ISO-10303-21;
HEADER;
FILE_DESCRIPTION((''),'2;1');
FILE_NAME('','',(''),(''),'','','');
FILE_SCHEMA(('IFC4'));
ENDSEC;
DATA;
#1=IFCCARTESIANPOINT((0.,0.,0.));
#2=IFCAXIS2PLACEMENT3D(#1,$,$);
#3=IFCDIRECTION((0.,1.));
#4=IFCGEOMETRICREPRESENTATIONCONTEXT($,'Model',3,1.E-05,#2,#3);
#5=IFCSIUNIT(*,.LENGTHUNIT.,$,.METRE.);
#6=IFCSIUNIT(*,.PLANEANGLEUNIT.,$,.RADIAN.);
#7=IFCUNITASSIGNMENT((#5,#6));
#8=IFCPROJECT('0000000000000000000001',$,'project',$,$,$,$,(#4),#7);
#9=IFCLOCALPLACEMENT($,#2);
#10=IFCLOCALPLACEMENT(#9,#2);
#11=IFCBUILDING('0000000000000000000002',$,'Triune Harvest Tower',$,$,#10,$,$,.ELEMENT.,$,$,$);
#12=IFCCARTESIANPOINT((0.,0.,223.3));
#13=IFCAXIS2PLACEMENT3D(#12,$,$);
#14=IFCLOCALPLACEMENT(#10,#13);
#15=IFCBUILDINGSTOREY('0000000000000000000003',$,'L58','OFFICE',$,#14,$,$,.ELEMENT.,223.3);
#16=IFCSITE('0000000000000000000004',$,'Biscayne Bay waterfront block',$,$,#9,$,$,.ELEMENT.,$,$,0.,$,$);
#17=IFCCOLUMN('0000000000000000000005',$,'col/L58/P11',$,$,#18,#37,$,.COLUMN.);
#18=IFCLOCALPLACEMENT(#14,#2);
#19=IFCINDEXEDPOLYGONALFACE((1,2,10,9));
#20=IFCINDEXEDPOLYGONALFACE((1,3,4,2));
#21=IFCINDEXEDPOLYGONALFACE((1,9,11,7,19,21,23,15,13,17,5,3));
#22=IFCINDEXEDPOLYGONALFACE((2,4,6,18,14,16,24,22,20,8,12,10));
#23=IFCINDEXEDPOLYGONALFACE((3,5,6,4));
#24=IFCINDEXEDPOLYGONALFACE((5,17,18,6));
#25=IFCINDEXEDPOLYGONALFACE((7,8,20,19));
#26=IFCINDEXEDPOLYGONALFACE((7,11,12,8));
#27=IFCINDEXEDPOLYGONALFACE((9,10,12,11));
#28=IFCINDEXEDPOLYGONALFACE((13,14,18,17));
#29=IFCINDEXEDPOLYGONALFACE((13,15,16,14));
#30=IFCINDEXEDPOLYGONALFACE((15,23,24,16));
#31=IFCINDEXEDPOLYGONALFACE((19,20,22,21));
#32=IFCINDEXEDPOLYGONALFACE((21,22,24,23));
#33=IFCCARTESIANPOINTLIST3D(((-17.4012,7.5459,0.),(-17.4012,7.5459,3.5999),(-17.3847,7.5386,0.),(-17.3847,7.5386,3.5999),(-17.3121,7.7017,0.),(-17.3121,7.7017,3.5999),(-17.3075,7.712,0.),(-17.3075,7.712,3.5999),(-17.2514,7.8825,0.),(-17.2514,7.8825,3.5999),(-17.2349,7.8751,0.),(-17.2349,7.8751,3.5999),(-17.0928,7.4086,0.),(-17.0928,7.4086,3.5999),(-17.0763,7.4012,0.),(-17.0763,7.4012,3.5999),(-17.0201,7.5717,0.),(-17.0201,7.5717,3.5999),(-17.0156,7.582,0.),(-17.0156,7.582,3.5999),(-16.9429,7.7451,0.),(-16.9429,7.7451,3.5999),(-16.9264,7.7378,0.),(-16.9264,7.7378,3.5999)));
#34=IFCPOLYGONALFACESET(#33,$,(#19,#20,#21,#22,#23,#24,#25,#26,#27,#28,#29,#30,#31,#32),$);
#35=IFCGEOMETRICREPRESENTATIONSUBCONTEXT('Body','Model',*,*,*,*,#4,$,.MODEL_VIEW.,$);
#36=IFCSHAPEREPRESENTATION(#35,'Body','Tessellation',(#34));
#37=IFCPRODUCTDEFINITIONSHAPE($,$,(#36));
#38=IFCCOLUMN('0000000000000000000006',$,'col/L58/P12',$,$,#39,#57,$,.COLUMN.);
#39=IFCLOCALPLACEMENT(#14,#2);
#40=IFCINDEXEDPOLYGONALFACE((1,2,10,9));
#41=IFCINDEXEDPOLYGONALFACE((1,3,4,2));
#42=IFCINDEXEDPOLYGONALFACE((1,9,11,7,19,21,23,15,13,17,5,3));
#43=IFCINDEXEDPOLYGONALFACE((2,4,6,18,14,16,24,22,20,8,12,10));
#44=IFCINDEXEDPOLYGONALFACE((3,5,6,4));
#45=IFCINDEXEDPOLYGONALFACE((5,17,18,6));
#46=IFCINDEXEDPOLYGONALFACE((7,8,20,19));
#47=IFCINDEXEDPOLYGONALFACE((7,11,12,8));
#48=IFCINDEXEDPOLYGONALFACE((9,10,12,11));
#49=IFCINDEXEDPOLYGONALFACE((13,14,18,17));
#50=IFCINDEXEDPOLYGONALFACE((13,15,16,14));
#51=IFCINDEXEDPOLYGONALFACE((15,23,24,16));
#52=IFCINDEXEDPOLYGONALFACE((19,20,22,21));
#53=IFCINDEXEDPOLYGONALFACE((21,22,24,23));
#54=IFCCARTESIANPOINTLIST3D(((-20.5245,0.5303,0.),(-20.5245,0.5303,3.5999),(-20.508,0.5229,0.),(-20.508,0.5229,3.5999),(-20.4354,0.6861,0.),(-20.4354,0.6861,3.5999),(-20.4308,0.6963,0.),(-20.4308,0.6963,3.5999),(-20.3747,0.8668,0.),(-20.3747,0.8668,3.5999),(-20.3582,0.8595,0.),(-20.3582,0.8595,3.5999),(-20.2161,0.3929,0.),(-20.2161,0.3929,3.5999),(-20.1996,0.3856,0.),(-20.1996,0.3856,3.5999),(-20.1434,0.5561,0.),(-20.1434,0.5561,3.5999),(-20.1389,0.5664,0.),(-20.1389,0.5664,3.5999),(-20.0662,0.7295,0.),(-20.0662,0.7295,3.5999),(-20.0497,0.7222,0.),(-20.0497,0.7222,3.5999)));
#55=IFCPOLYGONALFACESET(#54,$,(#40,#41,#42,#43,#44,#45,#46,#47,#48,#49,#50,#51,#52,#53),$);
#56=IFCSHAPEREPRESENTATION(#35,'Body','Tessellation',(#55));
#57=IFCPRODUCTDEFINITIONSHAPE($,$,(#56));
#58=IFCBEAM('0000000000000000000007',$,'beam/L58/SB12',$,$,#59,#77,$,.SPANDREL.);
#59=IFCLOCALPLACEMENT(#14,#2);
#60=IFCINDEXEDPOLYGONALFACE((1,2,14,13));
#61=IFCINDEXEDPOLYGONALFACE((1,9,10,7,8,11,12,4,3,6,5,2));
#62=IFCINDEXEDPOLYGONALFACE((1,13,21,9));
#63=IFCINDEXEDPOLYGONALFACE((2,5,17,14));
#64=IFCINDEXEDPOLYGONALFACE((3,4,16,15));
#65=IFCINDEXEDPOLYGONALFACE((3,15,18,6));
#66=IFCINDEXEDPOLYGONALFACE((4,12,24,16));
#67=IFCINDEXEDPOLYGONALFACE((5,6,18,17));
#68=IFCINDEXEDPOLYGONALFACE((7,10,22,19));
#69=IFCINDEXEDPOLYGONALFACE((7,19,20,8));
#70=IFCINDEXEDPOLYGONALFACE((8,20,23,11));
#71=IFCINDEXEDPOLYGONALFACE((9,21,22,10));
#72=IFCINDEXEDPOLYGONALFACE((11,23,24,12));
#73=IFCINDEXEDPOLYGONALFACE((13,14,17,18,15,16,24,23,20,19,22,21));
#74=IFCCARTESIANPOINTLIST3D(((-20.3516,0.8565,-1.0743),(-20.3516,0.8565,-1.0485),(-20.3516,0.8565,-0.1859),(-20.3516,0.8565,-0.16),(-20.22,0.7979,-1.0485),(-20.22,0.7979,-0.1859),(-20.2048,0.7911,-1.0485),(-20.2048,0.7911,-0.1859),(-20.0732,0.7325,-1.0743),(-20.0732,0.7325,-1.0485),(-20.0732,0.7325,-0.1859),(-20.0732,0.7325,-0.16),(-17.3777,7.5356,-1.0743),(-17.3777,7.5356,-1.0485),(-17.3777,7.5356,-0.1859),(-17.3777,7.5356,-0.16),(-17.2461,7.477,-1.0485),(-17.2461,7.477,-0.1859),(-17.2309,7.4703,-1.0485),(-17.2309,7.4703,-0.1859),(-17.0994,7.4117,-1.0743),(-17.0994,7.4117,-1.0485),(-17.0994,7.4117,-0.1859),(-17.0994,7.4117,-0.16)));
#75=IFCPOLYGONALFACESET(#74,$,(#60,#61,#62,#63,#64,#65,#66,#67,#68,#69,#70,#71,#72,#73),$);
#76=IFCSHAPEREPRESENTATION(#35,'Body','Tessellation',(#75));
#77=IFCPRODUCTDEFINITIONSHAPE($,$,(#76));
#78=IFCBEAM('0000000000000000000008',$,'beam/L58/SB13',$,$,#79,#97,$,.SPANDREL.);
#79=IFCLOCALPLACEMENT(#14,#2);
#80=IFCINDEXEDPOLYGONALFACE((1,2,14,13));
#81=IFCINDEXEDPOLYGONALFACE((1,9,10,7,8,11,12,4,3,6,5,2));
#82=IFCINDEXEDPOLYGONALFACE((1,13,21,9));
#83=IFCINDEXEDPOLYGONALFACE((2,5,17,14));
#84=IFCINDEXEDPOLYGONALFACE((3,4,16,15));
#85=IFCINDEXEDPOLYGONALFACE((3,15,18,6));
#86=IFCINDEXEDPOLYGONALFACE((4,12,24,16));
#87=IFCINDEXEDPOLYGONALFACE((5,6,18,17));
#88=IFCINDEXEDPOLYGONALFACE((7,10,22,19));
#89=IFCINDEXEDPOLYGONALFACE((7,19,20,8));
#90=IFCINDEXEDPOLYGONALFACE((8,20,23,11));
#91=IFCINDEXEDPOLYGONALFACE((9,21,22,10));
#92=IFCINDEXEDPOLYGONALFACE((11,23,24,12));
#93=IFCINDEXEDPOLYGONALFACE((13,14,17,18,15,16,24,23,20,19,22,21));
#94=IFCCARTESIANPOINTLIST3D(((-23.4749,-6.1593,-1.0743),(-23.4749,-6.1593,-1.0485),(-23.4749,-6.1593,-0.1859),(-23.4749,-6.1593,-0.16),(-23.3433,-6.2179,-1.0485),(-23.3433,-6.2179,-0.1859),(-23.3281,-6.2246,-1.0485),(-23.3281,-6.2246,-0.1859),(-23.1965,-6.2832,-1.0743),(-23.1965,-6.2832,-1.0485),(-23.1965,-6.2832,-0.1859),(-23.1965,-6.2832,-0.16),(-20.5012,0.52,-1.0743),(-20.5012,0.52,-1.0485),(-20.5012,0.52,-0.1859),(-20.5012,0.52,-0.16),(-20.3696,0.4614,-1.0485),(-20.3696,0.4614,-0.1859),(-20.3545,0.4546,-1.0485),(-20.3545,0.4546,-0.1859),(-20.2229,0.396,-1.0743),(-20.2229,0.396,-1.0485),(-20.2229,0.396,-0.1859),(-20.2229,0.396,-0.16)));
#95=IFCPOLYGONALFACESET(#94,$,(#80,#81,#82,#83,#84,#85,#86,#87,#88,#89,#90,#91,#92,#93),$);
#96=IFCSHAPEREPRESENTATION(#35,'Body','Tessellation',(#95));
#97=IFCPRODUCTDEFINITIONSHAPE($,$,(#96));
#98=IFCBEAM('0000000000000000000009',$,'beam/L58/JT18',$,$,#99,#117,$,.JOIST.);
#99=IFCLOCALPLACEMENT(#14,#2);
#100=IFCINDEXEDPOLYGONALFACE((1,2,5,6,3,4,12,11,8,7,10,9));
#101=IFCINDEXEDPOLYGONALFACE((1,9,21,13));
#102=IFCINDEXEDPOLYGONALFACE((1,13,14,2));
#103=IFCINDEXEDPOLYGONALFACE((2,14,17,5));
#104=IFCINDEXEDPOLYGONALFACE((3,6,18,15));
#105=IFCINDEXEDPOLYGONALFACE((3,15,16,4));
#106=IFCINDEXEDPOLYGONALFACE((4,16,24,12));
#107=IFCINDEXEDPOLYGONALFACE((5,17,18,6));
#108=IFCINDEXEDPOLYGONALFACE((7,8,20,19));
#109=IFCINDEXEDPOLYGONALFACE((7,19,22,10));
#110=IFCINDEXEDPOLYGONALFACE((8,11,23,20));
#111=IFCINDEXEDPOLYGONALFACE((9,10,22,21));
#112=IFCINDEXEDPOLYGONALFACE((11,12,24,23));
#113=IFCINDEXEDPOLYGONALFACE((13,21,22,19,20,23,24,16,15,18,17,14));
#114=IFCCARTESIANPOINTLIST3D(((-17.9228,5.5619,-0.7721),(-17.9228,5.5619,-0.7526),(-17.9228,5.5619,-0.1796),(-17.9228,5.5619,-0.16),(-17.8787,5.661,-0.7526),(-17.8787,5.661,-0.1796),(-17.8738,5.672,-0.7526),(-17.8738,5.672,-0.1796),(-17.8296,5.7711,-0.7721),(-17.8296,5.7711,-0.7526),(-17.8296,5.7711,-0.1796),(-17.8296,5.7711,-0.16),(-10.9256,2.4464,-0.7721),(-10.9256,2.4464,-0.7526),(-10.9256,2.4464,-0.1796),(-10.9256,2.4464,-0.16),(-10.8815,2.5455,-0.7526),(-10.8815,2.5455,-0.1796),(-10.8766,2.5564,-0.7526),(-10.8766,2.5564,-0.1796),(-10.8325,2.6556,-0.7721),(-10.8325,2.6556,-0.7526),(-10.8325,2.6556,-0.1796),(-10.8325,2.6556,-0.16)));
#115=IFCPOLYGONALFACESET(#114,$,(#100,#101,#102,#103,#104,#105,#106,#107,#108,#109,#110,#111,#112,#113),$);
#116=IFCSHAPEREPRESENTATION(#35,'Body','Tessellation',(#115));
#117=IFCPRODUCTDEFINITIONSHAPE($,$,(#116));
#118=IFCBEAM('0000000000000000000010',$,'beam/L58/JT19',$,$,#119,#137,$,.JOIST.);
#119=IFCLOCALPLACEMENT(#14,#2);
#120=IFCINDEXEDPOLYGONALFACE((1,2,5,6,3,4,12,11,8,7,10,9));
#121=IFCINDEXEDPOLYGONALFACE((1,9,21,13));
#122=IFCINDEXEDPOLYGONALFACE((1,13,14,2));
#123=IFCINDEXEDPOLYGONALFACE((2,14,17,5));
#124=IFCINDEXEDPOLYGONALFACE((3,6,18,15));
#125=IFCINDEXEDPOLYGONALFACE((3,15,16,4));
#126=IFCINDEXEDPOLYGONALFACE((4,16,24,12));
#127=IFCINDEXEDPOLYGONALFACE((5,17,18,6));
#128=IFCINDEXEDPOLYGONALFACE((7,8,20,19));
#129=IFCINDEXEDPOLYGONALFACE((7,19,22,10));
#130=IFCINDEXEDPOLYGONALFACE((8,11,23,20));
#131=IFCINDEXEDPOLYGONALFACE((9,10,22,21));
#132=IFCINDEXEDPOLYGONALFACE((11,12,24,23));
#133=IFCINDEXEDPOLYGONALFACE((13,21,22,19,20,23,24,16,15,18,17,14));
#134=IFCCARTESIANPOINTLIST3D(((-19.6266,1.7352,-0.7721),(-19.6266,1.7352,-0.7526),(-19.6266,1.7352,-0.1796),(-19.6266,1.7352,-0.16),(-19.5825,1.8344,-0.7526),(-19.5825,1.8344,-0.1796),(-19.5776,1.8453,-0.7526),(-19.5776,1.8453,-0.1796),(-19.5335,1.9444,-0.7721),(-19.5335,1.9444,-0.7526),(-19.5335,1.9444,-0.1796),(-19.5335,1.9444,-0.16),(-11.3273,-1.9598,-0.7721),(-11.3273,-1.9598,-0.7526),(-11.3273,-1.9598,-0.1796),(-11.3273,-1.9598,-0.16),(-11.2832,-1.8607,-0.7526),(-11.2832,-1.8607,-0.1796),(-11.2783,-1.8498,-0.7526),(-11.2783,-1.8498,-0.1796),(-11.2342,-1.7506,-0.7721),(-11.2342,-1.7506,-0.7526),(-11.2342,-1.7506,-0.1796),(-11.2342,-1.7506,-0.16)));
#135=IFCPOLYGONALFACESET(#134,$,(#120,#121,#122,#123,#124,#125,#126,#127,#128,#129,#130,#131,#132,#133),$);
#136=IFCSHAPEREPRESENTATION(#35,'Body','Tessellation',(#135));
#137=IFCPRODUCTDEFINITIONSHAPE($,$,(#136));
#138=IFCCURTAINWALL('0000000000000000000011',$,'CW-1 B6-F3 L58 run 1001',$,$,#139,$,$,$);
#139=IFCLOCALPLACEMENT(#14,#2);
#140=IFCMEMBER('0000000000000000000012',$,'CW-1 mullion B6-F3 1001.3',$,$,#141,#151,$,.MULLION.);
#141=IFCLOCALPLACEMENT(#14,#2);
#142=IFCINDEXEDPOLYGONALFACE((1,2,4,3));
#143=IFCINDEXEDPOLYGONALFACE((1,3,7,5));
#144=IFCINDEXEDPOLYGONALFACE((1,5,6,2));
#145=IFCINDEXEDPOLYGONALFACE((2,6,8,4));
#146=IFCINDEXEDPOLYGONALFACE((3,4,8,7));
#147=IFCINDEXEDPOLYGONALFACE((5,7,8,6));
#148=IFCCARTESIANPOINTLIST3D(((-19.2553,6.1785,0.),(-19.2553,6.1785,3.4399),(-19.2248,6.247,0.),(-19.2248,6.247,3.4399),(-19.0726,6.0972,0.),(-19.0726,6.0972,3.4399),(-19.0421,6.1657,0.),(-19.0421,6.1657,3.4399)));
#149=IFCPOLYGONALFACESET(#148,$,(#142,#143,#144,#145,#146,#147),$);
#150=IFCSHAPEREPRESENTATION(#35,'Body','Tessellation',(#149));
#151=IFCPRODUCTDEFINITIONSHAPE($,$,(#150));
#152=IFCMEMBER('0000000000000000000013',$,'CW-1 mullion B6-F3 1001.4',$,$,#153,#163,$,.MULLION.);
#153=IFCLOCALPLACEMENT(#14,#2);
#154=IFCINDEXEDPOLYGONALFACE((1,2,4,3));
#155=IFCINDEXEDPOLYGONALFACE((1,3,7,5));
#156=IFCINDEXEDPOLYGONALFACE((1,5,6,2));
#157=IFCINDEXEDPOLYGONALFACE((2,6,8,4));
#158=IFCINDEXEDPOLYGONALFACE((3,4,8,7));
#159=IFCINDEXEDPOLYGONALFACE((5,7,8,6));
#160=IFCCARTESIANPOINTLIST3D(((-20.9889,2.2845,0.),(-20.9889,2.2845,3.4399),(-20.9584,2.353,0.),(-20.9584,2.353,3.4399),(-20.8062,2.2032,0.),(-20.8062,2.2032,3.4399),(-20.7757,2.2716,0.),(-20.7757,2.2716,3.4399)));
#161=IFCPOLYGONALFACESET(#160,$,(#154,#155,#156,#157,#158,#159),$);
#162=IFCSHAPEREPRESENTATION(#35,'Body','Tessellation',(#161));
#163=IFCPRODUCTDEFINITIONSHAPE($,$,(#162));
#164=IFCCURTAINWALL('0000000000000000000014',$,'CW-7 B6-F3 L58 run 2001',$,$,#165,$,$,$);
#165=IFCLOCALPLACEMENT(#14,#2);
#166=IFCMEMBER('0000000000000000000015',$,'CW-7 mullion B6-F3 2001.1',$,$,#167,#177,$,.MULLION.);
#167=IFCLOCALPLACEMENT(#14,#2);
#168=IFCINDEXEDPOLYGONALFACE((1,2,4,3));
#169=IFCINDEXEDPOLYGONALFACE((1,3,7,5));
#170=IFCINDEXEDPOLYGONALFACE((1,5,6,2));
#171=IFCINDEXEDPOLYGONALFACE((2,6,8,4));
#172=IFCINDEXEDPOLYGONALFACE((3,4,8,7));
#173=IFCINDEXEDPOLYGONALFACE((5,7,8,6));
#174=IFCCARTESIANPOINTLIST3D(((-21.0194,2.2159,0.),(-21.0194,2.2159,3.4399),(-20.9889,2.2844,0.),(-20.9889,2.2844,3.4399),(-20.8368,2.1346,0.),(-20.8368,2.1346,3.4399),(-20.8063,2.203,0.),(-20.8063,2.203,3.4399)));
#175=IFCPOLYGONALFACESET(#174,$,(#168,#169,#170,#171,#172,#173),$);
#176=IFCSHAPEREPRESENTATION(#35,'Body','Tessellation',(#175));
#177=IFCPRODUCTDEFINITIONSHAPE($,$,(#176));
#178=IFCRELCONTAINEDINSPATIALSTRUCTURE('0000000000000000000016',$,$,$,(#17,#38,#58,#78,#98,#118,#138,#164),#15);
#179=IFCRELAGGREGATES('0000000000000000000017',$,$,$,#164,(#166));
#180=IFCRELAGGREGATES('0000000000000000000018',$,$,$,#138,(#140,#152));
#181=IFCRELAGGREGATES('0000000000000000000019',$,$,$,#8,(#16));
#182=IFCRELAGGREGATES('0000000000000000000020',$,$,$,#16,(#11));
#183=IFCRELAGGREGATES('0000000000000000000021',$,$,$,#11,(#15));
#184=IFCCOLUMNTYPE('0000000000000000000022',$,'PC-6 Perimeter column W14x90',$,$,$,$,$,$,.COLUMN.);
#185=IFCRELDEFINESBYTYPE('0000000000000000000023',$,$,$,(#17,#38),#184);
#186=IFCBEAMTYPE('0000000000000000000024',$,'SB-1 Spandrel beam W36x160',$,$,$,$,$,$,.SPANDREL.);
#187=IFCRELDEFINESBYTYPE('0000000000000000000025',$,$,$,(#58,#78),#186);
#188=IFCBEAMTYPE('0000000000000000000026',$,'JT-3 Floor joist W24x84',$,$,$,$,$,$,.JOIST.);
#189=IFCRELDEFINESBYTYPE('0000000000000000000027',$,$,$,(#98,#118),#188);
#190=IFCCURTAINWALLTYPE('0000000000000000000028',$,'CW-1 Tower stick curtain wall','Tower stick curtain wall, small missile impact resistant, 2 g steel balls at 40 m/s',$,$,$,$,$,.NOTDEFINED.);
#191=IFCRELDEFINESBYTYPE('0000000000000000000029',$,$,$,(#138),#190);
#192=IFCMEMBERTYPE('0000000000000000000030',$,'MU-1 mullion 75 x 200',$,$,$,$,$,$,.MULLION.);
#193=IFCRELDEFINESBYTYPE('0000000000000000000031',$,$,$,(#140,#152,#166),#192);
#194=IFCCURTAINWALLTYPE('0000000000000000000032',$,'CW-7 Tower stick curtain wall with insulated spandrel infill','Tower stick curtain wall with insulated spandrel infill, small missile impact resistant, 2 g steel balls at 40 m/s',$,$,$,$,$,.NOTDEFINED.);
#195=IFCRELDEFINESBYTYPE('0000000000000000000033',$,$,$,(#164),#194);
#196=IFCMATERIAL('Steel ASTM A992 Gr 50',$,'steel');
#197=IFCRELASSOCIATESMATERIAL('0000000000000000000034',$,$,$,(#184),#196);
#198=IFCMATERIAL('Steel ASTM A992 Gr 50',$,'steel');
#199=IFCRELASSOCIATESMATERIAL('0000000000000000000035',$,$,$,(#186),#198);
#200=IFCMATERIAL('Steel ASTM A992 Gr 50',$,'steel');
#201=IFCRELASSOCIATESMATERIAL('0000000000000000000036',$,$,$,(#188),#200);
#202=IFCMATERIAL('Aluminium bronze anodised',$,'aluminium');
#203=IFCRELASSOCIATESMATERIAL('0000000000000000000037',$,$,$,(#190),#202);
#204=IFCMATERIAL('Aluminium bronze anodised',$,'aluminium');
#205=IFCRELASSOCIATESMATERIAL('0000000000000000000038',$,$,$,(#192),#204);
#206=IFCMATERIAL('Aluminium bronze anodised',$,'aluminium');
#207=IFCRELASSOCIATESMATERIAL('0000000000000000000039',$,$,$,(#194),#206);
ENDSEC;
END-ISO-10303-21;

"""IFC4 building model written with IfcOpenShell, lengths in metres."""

from ifc_helpers import new_model, si_unit, direction, frame, origin, origin_2d, place, context, subcontext, project, spatial, rectangle, i_section, extrude, source, transform, mapped, material, material_profile, profile_set, type_object, element, aggregate, save


model = new_model("IFC4")

# Units and contexts
model_context = context("Model", 3, precision=1e-05, world=origin(), true_north=direction((0.0, 1.0)))
body_context = subcontext(model_context, "Body", "Model", "MODEL_VIEW")
ifc_project = project(units=[si_unit("LENGTHUNIT", "METRE"), si_unit("PLANEANGLEUNIT", "RADIAN")], contexts=[model_context])

# Site, building, storey
site_placement = place(None, origin())
site = spatial("IfcSite", under=ifc_project, at=site_placement, Name="Biscayne Bay waterfront block", CompositionType="ELEMENT", RefElevation=0.0)
building_placement = place(site_placement, origin())
building = spatial("IfcBuilding", under=site, at=building_placement, Name="Triune Harvest Tower", CompositionType="ELEMENT")
storey_placement = place(building_placement, frame((0.0, 0.0, 223.3)))
storey = spatial("IfcBuildingStorey", under=building, at=storey_placement, Name="L58", Description="OFFICE", CompositionType="ELEMENT", Elevation=223.3)

# Columns
ifc_material_1 = material(Name="Steel ASTM A992 Gr 50", Category="steel")
ifc_material_profile_1 = material_profile(ifc_material_1, i_section(OverallWidth=0.3684, OverallDepth=0.3557, WebThickness=0.0112, FlangeThickness=0.0181, at=origin_2d()), Name="W14x90")
ifc_profile_set_1 = profile_set([ifc_material_profile_1], Name="Steel ASTM A992 Gr 50")
column_type = type_object("IfcColumnType", Name="PC-6 Perimeter column W14x90", PredefinedType="COLUMN", material=ifc_profile_set_1)
shared_shape_1 = source(origin(), body_context, "Body", "SweptSolid", [
    extrude(i_section(OverallWidth=0.3684, OverallDepth=0.3557, WebThickness=0.0112, FlangeThickness=0.0181, at=origin_2d()), origin(), (0.0, 0.0, 1.0), 3.5999),
])
for number, where, z_axis, x_axis, name in (
    (1, (-17.1638, 7.6418, 0.0), (0.0, 0.0, 1.0), (-0.406738, -0.913545, 0.0), "col/L58/P11"),
    (2, (-20.2871, 0.6262, 0.0), (0.0, 0.0, 1.0), (-0.406738, -0.913545, 0.0), "col/L58/P12"),
):
    element("IfcColumn", number, at=place(storey_placement, frame(where, z_axis=z_axis, x_axis=x_axis)), inside=storey, type_object=column_type, Name=name, PredefinedType="COLUMN", context=body_context, shape_type="MappedRepresentation", body=[
        mapped(shared_shape_1, transform((0.0, 0.0, 0.0), scale=1.0)),
    ])

# Beams
ifc_material_2 = material(Name="Steel ASTM A992 Gr 50", Category="steel")
ifc_material_profile_2 = material_profile(ifc_material_2, i_section(OverallWidth=0.3047, OverallDepth=0.9143, WebThickness=0.0166, FlangeThickness=0.0259, at=origin_2d()), Name="W36x160")
ifc_profile_set_2 = profile_set([ifc_material_profile_2], Name="Steel ASTM A992 Gr 50")
beam_type_1 = type_object("IfcBeamType", Name="SB-1 Spandrel beam W36x160", PredefinedType="SPANDREL", material=ifc_profile_set_2)
shared_shape_2 = source(origin(), body_context, "Body", "SweptSolid", [
    extrude(i_section(OverallWidth=0.3047, OverallDepth=0.9143, WebThickness=0.0166, FlangeThickness=0.0259, at=origin_2d()), origin(), (0.0, 0.0, 1.0), 7.3113),
])
for number, where, z_axis, x_axis, name in (
    (3, (-17.2385, 7.4736, -0.6172), (-0.406749, -0.91354, 0.0), (0.91354, -0.406749, 0.0), "beam/L58/SB12"),
    (4, (-20.3621, 0.458, -0.6172), (-0.406721, -0.913552, 0.0), (0.913552, -0.406721, 0.0), "beam/L58/SB13"),
):
    element("IfcBeam", number, at=place(storey_placement, frame(where, z_axis=z_axis, x_axis=x_axis)), inside=storey, type_object=beam_type_1, Name=name, PredefinedType="SPANDREL", context=body_context, shape_type="MappedRepresentation", body=[
        mapped(shared_shape_2, transform((0.0, 0.0, 0.0), scale=1.0)),
    ])
ifc_material_3 = material(Name="Steel ASTM A992 Gr 50", Category="steel")
ifc_material_profile_3 = material_profile(ifc_material_3, i_section(OverallWidth=0.229, OverallDepth=0.6121, WebThickness=0.012, FlangeThickness=0.0195, at=origin_2d()), Name="W24x84")
ifc_profile_set_3 = profile_set([ifc_material_profile_3], Name="Steel ASTM A992 Gr 50")
beam_type_2 = type_object("IfcBeamType", Name="JT-3 Floor joist W24x84", PredefinedType="JOIST", material=ifc_profile_set_3)
shared_shape_3 = source(origin(), body_context, "Body", "SweptSolid", [
    extrude(i_section(OverallWidth=0.229, OverallDepth=0.6121, WebThickness=0.012, FlangeThickness=0.0195, at=origin_2d()), origin(), (0.0, 0.0, 1.0), 7.6594),
])
beam_1_placement = place(storey_placement, frame((-17.8762, 5.6665, -0.4661), z_axis=(0.913537, -0.406756, 0.0), x_axis=(0.406756, 0.913537, 0.0)))
element("IfcBeam", 5, at=beam_1_placement, inside=storey, type_object=beam_type_2, Name="beam/L58/JT18", PredefinedType="JOIST", context=body_context, shape_type="MappedRepresentation", body=[
    mapped(shared_shape_3, transform((0.0, 0.0, 0.0), scale=1.0)),
])
shared_shape_4 = source(origin(), body_context, "Body", "SweptSolid", [
    extrude(i_section(OverallWidth=0.229, OverallDepth=0.6121, WebThickness=0.012, FlangeThickness=0.0195, at=origin_2d()), origin(), (0.0, 0.0, 1.0), 9.0847),
])
beam_2_placement = place(storey_placement, frame((-19.5801, 1.8398, -0.4661), z_axis=(0.913546, -0.406734, 0.0), x_axis=(0.406734, 0.913546, 0.0)))
element("IfcBeam", 6, at=beam_2_placement, inside=storey, type_object=beam_type_2, Name="beam/L58/JT19", PredefinedType="JOIST", context=body_context, shape_type="MappedRepresentation", body=[
    mapped(shared_shape_4, transform((0.0, 0.0, 0.0), scale=1.0)),
])

# Curtain walls, members
ifc_material_4 = material(Name="Aluminium bronze anodised", Category="aluminium")
curtain_wall_type_1 = type_object("IfcCurtainWallType", Name="CW-1 Tower stick curtain wall", Description="Tower stick curtain wall, small missile impact resistant, 2 g steel balls at 40 m/s", PredefinedType="NOTDEFINED", material=ifc_material_4)
curtain_wall_1_placement = place(storey_placement, origin())
curtain_wall_1 = element("IfcCurtainWall", 7, at=curtain_wall_1_placement, inside=storey, type_object=curtain_wall_type_1, Name="CW-1 B6-F3 L58 run 1001")
ifc_material_5 = material(Name="Aluminium bronze anodised", Category="aluminium")
ifc_material_profile_4 = material_profile(ifc_material_5, rectangle(XDim=0.2, YDim=0.075, at=origin_2d()), Name="MU-1 mullion 75 x 200")
ifc_profile_set_4 = profile_set([ifc_material_profile_4], Name="Aluminium bronze anodised")
member_type_1 = type_object("IfcMemberType", Name="MU-1 mullion 75 x 200", PredefinedType="MULLION", material=ifc_profile_set_4)
shared_shape_5 = source(origin(), body_context, "Body", "SweptSolid", [
    extrude(rectangle(XDim=0.2, YDim=0.075, at=origin_2d()), origin(), (0.0, 0.0, 1.0), 3.4399),
])
member_1_placement = place(storey_placement, frame((-19.1487, 6.1721, 0.0), z_axis=(0.0, 0.0, 1.0), x_axis=(0.913542, -0.406744, 0.0)))
member_1 = element("IfcMember", 8, at=member_1_placement, type_object=member_type_1, Name="CW-1 mullion B6-F3 1001.3", PredefinedType="MULLION", context=body_context, shape_type="MappedRepresentation", body=[
    mapped(shared_shape_5, transform((0.0, 0.0, 0.0), scale=1.0)),
])
member_2_placement = place(storey_placement, frame((-20.8823, 2.2781, 0.0), z_axis=(0.0, 0.0, 1.0), x_axis=(0.913542, -0.406744, 0.0)))
member_2 = element("IfcMember", 9, at=member_2_placement, type_object=member_type_1, Name="CW-1 mullion B6-F3 1001.4", PredefinedType="MULLION", context=body_context, shape_type="MappedRepresentation", body=[
    mapped(shared_shape_5, transform((0.0, 0.0, 0.0), scale=1.0)),
])
ifc_material_6 = material(Name="Aluminium bronze anodised", Category="aluminium")
curtain_wall_type_2 = type_object("IfcCurtainWallType", Name="CW-7 Tower stick curtain wall with insulated spandrel infill", Description="Tower stick curtain wall with insulated spandrel infill, small missile impact resistant, 2 g steel balls at 40 m/s", PredefinedType="NOTDEFINED", material=ifc_material_6)
curtain_wall_2_placement = place(storey_placement, origin())
curtain_wall_2 = element("IfcCurtainWall", 10, at=curtain_wall_2_placement, inside=storey, type_object=curtain_wall_type_2, Name="CW-7 B6-F3 L58 run 2001")
member_3_placement = place(storey_placement, frame((-20.9128, 2.2095, 0.0), z_axis=(0.0, 0.0, 1.0), x_axis=(0.913546, -0.406736, 0.0)))
member_3 = element("IfcMember", 11, at=member_3_placement, type_object=member_type_1, Name="CW-7 mullion B6-F3 2001.1", PredefinedType="MULLION", context=body_context, shape_type="MappedRepresentation", body=[
    mapped(shared_shape_5, transform((0.0, 0.0, 0.0), scale=1.0)),
])

aggregate(curtain_wall_2, [member_3])
aggregate(curtain_wall_1, [member_1, member_2])

save(model, "model.ifc")
